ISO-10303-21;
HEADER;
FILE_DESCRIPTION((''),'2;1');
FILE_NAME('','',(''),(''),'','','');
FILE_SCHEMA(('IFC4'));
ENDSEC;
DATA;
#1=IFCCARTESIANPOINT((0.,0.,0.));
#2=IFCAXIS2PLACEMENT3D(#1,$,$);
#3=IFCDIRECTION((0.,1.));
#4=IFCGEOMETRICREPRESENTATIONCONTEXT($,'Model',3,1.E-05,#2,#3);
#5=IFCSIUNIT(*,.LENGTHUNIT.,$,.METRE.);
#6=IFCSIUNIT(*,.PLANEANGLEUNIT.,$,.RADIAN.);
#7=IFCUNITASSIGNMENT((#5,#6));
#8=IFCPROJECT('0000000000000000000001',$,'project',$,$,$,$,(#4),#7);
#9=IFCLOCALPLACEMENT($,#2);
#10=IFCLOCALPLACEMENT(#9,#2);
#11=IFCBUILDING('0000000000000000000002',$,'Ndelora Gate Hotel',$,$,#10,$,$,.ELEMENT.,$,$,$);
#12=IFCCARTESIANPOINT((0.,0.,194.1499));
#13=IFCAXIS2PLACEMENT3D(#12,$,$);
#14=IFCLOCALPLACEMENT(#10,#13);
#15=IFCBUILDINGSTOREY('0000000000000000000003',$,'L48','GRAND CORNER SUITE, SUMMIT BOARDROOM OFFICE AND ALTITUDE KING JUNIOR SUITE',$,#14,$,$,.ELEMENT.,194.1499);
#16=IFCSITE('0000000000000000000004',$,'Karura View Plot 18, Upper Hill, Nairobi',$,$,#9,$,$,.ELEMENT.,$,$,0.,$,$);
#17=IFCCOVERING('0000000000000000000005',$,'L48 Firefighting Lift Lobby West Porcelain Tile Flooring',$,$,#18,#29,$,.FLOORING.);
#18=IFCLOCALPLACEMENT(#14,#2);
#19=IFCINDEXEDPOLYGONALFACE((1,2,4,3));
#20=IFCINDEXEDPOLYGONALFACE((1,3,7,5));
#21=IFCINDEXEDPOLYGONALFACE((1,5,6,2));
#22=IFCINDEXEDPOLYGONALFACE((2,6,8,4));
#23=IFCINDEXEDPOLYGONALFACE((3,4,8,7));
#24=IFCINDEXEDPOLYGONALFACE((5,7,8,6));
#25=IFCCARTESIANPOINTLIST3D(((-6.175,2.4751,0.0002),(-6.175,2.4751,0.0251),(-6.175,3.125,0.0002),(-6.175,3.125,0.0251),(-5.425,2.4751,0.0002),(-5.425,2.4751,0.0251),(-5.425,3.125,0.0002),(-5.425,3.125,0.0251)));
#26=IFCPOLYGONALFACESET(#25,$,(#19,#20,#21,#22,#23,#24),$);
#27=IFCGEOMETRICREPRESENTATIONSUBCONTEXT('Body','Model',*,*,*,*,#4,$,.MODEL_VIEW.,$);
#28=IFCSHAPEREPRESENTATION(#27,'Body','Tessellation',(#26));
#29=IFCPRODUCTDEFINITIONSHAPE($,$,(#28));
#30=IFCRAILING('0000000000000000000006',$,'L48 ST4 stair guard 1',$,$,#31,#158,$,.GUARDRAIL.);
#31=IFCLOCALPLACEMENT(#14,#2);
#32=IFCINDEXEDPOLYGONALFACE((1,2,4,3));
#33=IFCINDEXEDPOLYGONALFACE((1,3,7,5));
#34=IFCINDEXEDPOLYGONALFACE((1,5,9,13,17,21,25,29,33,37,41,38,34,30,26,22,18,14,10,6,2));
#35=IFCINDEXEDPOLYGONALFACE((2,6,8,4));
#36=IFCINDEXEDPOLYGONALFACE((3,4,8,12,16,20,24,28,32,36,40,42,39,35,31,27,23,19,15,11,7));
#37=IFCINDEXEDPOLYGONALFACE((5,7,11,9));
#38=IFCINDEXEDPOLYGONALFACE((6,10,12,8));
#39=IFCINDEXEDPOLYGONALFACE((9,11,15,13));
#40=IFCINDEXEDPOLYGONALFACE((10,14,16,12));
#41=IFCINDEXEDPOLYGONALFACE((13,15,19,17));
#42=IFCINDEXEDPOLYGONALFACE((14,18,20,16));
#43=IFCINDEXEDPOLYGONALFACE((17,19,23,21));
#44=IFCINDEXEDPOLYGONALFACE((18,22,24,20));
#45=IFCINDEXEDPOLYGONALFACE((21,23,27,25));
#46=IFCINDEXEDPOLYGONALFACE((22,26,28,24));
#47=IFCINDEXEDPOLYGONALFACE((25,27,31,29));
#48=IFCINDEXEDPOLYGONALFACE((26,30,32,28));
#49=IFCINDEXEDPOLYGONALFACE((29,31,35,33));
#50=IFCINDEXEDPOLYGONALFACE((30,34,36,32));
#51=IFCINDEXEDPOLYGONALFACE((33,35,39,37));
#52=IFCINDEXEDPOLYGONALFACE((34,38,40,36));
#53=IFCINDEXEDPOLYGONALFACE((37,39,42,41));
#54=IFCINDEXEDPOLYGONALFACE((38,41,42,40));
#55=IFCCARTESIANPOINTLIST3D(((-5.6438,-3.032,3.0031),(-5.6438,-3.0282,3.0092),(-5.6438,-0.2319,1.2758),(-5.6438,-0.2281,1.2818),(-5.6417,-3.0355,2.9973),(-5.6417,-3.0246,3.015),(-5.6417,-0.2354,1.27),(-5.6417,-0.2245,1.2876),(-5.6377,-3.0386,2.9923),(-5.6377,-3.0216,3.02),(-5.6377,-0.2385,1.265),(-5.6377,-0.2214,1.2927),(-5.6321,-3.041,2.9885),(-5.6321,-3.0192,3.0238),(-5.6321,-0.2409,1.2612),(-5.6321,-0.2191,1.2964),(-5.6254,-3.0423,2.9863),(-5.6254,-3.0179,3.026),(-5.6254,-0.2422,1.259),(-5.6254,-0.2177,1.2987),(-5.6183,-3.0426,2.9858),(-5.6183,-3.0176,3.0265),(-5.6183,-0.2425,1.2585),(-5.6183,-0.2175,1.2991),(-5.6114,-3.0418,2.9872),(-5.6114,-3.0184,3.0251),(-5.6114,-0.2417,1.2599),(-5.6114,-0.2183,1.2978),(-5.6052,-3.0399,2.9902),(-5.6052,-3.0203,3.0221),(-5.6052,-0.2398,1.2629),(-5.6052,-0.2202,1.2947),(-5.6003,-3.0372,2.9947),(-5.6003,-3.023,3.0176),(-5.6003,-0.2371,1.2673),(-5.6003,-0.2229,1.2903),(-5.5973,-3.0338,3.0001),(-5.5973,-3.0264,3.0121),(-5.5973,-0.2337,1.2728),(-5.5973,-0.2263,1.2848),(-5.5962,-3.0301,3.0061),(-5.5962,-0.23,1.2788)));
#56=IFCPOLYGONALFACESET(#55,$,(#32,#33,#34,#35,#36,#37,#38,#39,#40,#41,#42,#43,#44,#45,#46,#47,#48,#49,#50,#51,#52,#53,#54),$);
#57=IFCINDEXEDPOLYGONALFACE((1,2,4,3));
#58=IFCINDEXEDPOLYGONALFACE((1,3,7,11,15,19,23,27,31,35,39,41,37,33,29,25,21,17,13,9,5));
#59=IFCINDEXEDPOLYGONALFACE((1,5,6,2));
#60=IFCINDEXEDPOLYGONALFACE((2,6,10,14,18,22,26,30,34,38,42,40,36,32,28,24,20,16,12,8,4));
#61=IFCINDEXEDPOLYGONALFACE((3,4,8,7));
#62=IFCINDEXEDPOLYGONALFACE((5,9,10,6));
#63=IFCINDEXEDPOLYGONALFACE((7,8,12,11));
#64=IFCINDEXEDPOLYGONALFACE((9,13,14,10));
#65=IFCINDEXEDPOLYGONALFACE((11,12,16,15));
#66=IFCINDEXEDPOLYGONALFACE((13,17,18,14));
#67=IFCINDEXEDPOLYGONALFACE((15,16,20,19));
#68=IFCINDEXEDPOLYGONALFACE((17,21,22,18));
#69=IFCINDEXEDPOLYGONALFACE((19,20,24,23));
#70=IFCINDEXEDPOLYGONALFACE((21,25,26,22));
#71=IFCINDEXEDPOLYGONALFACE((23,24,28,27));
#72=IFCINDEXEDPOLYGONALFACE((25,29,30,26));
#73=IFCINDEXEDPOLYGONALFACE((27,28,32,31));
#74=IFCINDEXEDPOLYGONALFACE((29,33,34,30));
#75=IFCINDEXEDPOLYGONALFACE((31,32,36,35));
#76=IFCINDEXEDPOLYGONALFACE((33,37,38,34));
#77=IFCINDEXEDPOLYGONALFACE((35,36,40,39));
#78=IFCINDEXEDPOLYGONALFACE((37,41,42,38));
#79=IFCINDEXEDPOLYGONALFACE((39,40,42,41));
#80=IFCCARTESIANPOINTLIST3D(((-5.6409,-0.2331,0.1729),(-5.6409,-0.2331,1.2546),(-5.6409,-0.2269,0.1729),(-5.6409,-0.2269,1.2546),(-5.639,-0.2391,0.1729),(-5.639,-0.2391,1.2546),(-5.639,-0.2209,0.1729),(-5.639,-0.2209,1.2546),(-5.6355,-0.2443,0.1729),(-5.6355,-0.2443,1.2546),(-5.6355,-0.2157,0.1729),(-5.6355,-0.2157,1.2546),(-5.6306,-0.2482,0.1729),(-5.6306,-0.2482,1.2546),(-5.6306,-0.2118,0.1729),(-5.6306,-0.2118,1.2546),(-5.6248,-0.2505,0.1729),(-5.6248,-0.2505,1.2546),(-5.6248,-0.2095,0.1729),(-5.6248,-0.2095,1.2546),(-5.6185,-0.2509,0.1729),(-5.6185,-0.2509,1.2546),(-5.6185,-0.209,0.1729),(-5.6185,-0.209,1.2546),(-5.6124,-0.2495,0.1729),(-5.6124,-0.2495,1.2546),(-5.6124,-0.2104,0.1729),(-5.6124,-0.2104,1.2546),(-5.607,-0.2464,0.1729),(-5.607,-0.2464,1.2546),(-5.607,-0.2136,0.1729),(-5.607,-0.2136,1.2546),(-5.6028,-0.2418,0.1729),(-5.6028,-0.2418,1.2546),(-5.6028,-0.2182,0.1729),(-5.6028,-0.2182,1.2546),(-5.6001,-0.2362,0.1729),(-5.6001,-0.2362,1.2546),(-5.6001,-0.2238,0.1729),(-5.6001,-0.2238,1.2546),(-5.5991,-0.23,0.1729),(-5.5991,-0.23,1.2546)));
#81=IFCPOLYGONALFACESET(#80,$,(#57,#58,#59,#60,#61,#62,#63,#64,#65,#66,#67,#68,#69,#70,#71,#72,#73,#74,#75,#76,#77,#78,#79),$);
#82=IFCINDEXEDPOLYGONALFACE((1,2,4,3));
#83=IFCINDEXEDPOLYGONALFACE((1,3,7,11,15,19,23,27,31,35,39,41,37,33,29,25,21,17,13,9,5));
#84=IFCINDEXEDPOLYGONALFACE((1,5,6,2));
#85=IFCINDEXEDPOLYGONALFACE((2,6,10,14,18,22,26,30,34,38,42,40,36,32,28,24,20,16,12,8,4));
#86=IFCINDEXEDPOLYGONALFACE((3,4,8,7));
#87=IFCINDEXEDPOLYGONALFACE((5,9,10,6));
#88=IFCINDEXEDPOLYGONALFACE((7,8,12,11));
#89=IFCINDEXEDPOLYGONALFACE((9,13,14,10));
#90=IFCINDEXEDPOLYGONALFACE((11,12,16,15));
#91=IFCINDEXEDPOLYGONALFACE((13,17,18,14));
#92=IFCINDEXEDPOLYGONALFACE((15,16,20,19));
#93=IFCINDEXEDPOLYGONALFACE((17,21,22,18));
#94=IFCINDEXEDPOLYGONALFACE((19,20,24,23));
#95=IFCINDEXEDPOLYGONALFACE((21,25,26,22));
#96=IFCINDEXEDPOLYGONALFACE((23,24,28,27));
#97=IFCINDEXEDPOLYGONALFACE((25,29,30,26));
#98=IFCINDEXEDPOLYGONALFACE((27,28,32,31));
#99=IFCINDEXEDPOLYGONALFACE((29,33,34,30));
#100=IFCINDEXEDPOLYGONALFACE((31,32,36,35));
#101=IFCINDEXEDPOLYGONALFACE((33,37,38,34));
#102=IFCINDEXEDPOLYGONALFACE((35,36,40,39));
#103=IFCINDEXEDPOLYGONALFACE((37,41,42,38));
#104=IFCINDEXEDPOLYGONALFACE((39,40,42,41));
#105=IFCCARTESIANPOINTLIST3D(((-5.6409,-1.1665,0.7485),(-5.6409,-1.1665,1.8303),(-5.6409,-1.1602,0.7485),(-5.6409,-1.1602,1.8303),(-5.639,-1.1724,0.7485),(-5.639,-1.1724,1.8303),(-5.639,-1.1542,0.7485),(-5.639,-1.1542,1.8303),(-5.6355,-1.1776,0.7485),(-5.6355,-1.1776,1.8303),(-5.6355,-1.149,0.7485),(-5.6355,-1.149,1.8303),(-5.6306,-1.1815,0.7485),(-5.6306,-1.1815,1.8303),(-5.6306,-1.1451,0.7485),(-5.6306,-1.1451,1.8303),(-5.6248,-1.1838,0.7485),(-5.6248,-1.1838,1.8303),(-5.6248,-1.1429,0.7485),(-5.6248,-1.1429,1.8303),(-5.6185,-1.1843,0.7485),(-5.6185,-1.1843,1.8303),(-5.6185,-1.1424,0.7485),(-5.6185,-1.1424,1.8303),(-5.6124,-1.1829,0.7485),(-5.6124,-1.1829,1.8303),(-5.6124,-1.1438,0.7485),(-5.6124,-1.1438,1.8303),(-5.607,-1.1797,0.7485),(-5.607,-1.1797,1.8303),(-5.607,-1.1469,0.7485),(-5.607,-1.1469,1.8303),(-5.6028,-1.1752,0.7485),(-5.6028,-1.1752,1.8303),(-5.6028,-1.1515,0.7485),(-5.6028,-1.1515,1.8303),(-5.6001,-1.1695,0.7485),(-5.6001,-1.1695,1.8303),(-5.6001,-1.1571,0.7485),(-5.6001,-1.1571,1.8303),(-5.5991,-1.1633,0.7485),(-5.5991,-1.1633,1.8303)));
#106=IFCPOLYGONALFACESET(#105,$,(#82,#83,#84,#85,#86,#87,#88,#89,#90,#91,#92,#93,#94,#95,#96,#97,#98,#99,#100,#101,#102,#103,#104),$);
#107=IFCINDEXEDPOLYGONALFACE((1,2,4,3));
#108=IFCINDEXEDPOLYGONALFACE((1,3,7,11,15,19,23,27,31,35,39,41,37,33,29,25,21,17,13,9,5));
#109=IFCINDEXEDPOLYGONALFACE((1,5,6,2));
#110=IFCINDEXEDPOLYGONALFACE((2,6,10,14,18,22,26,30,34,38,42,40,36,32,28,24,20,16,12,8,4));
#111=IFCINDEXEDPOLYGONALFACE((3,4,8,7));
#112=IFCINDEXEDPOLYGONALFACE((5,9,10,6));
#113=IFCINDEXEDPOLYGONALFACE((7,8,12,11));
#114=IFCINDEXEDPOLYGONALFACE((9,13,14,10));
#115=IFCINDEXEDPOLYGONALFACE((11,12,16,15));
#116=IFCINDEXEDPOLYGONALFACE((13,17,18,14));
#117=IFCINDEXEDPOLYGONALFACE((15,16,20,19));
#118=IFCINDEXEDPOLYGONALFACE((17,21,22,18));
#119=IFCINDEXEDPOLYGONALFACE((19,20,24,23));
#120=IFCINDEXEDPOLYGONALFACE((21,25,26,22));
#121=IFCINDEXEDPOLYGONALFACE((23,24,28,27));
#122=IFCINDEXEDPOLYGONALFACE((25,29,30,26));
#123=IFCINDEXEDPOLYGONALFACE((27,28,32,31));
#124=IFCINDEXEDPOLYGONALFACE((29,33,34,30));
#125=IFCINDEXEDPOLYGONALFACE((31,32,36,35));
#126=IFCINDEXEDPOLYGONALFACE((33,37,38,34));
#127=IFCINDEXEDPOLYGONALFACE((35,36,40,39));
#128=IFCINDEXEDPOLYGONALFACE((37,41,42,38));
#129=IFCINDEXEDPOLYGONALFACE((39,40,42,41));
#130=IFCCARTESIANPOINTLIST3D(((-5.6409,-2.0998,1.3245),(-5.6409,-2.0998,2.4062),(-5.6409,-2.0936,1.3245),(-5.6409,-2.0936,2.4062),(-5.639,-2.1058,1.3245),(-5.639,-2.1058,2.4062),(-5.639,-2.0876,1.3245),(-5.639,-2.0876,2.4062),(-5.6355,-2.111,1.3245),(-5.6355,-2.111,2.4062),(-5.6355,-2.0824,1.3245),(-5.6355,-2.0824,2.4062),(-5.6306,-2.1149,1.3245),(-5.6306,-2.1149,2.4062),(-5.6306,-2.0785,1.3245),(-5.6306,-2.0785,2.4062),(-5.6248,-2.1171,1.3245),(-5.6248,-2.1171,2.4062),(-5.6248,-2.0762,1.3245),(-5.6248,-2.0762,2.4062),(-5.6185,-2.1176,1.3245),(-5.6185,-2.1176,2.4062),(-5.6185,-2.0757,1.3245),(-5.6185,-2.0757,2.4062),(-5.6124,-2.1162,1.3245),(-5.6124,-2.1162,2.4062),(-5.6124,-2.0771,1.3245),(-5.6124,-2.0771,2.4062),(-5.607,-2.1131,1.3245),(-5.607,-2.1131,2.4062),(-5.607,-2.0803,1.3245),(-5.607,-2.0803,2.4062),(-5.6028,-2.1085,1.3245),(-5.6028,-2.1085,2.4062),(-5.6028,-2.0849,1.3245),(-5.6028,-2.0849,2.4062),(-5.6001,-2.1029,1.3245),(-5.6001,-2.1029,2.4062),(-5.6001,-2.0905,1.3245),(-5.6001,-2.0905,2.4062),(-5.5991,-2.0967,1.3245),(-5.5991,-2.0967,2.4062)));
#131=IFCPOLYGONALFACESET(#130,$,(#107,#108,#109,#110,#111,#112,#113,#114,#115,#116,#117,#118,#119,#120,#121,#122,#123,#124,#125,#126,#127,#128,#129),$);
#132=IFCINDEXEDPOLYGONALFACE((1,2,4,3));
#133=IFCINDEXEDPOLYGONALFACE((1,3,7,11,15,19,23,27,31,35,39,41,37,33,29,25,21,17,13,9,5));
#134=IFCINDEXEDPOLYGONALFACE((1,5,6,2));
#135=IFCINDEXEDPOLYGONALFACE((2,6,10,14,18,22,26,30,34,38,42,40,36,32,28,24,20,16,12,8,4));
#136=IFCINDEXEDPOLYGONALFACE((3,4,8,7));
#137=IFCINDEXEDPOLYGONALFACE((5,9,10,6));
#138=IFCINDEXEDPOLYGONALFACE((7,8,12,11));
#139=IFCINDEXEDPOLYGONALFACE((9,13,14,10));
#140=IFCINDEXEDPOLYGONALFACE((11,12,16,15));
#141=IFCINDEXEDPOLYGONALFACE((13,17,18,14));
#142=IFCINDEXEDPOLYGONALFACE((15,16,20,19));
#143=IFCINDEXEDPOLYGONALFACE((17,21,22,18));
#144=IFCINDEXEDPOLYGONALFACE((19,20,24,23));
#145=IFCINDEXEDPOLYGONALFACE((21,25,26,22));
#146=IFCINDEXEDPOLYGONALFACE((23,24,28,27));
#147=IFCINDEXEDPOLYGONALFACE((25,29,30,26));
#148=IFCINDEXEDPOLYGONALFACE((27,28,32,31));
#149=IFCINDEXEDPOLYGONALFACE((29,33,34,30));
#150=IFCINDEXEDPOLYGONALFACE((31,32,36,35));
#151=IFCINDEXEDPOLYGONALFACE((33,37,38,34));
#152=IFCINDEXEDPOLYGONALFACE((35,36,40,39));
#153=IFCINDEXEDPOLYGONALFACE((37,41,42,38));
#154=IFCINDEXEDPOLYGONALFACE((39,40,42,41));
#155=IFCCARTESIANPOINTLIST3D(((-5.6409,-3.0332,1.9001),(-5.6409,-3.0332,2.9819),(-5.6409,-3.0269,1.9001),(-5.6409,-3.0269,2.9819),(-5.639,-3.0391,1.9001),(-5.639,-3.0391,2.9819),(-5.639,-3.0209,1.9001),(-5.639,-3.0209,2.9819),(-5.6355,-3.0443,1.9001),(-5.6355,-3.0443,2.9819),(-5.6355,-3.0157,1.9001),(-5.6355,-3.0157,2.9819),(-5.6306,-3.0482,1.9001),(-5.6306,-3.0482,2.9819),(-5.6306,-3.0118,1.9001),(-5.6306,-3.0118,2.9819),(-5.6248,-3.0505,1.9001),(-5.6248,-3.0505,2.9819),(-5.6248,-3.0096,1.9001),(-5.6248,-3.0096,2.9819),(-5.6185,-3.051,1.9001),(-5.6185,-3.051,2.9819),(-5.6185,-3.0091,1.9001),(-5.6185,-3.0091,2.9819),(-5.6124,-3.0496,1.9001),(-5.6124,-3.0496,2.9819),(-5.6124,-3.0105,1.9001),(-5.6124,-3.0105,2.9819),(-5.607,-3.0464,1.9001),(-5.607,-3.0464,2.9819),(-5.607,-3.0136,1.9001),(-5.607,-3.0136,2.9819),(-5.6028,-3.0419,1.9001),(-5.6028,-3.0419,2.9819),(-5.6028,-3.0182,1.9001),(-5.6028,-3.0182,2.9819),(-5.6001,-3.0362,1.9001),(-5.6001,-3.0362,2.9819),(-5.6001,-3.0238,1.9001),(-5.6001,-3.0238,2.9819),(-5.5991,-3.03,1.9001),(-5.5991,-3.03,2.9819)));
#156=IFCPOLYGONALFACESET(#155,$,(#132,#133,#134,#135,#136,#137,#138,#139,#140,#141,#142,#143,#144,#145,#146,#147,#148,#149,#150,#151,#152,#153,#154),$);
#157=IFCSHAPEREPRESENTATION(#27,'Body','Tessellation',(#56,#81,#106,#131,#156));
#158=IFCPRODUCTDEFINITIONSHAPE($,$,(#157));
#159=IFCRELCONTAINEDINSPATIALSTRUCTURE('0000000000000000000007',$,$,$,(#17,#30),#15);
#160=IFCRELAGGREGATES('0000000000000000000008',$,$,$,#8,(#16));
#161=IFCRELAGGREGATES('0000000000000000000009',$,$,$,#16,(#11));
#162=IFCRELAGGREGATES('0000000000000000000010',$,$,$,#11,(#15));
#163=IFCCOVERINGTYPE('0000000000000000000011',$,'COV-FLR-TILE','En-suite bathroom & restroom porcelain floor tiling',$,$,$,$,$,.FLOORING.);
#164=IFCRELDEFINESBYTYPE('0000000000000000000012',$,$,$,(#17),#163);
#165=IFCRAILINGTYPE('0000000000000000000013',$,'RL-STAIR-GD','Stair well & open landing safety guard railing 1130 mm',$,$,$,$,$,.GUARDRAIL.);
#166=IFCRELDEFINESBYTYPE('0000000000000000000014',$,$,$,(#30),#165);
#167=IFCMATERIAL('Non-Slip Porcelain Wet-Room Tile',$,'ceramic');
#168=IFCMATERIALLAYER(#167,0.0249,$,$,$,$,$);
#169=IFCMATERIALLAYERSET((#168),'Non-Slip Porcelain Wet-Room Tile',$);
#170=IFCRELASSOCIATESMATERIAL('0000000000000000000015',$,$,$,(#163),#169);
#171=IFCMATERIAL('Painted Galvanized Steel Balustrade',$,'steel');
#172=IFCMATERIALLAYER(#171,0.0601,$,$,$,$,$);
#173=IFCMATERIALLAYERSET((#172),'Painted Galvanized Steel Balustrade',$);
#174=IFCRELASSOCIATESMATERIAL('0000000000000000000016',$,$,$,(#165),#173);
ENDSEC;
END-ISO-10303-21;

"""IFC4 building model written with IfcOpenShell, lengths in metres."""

from ifc_helpers import new_model, si_unit, direction, frame, origin, origin_2d, place, context, subcontext, project, spatial, rectangle, circle, extrude, material, layer, layer_set, type_object, element, save


model = new_model("IFC4")

# Units and contexts
model_context = context("Model", 3, precision=1e-05, world=origin(), true_north=direction((0.0, 1.0)))
body_context = subcontext(model_context, "Body", "Model", "MODEL_VIEW")
ifc_project = project(units=[si_unit("LENGTHUNIT", "METRE"), si_unit("PLANEANGLEUNIT", "RADIAN")], contexts=[model_context])

# Site, building, storey
site_placement = place(None, origin())
site = spatial("IfcSite", under=ifc_project, at=site_placement, Name="Karura View Plot 18, Upper Hill, Nairobi", CompositionType="ELEMENT", RefElevation=0.0)
building_placement = place(site_placement, origin())
building = spatial("IfcBuilding", under=site, at=building_placement, Name="Ndelora Gate Hotel", CompositionType="ELEMENT")
storey_placement = place(building_placement, frame((0.0, 0.0, 194.1499)))
storey = spatial("IfcBuildingStorey", under=building, at=storey_placement, Name="L48", Description="GRAND CORNER SUITE, SUMMIT BOARDROOM OFFICE AND ALTITUDE KING JUNIOR SUITE", CompositionType="ELEMENT", Elevation=194.1499)

# Covering
ifc_material_1 = material(Name="Non-Slip Porcelain Wet-Room Tile", Category="ceramic")
ifc_layer_1 = layer(ifc_material_1, 0.0249)
ifc_layer_set_1 = layer_set([ifc_layer_1], Name="Non-Slip Porcelain Wet-Room Tile")
covering_type_1 = type_object("IfcCoveringType", Name="COV-FLR-TILE", Description="En-suite bathroom & restroom porcelain floor tiling", PredefinedType="FLOORING", material=ifc_layer_set_1)
covering_1_placement = place(storey_placement, frame((-5.8, 2.8, 0.0002), z_axis=(0.0, 0.0, 1.0), x_axis=(1.0, 0.0, 0.0)))
element("IfcCovering", 1, at=covering_1_placement, inside=storey, type_object=covering_type_1, Name="L48 Firefighting Lift Lobby West Porcelain Tile Flooring", PredefinedType="FLOORING", context=body_context, shape_type="SweptSolid", body=[
    extrude(rectangle(XDim=0.75, YDim=0.6499, at=origin_2d()), origin(), (0.0, 0.0, 1.0), 0.0249),
])

# Railing
ifc_material_2 = material(Name="Painted Galvanized Steel Balustrade", Category="steel")
ifc_layer_2 = layer(ifc_material_2, 0.0601)
ifc_layer_set_2 = layer_set([ifc_layer_2], Name="Painted Galvanized Steel Balustrade")
railing_type_1 = type_object("IfcRailingType", Name="RL-STAIR-GD", Description="Stair well & open landing safety guard railing 1130 mm", PredefinedType="GUARDRAIL", material=ifc_layer_set_2)
railing_1_placement = place(storey_placement, frame((-5.6201, -0.23, 0.1729)))
element("IfcRailing", 2, at=railing_1_placement, inside=storey, type_object=railing_type_1, Name="L48 ST4 stair guard 1", PredefinedType="GUARDRAIL", context=body_context, shape_type="SweptSolid", body=[
    extrude(circle(Radius=0.0239, at=origin_2d()), frame((0.0, 0.0, 1.106), z_axis=(0.0, -0.85109, 0.52502), x_axis=(1.0, 0.0, 0.0)), (0.0, 0.0, 1.0), 3.29),
    extrude(circle(Radius=0.021, at=origin_2d()), origin(), (0.0, 0.0, 1.0), 1.0818),
    extrude(circle(Radius=0.021, at=origin_2d()), frame((0.0, -0.9333, 0.5757)), (0.0, 0.0, 1.0), 1.0818),
    extrude(circle(Radius=0.021, at=origin_2d()), frame((0.0, -1.8667, 1.1516)), (0.0, 0.0, 1.0), 1.0818),
    extrude(circle(Radius=0.021, at=origin_2d()), frame((0.0, -2.8, 1.7273)), (0.0, 0.0, 1.0), 1.0818),
])

save(model, "model.ifc")
